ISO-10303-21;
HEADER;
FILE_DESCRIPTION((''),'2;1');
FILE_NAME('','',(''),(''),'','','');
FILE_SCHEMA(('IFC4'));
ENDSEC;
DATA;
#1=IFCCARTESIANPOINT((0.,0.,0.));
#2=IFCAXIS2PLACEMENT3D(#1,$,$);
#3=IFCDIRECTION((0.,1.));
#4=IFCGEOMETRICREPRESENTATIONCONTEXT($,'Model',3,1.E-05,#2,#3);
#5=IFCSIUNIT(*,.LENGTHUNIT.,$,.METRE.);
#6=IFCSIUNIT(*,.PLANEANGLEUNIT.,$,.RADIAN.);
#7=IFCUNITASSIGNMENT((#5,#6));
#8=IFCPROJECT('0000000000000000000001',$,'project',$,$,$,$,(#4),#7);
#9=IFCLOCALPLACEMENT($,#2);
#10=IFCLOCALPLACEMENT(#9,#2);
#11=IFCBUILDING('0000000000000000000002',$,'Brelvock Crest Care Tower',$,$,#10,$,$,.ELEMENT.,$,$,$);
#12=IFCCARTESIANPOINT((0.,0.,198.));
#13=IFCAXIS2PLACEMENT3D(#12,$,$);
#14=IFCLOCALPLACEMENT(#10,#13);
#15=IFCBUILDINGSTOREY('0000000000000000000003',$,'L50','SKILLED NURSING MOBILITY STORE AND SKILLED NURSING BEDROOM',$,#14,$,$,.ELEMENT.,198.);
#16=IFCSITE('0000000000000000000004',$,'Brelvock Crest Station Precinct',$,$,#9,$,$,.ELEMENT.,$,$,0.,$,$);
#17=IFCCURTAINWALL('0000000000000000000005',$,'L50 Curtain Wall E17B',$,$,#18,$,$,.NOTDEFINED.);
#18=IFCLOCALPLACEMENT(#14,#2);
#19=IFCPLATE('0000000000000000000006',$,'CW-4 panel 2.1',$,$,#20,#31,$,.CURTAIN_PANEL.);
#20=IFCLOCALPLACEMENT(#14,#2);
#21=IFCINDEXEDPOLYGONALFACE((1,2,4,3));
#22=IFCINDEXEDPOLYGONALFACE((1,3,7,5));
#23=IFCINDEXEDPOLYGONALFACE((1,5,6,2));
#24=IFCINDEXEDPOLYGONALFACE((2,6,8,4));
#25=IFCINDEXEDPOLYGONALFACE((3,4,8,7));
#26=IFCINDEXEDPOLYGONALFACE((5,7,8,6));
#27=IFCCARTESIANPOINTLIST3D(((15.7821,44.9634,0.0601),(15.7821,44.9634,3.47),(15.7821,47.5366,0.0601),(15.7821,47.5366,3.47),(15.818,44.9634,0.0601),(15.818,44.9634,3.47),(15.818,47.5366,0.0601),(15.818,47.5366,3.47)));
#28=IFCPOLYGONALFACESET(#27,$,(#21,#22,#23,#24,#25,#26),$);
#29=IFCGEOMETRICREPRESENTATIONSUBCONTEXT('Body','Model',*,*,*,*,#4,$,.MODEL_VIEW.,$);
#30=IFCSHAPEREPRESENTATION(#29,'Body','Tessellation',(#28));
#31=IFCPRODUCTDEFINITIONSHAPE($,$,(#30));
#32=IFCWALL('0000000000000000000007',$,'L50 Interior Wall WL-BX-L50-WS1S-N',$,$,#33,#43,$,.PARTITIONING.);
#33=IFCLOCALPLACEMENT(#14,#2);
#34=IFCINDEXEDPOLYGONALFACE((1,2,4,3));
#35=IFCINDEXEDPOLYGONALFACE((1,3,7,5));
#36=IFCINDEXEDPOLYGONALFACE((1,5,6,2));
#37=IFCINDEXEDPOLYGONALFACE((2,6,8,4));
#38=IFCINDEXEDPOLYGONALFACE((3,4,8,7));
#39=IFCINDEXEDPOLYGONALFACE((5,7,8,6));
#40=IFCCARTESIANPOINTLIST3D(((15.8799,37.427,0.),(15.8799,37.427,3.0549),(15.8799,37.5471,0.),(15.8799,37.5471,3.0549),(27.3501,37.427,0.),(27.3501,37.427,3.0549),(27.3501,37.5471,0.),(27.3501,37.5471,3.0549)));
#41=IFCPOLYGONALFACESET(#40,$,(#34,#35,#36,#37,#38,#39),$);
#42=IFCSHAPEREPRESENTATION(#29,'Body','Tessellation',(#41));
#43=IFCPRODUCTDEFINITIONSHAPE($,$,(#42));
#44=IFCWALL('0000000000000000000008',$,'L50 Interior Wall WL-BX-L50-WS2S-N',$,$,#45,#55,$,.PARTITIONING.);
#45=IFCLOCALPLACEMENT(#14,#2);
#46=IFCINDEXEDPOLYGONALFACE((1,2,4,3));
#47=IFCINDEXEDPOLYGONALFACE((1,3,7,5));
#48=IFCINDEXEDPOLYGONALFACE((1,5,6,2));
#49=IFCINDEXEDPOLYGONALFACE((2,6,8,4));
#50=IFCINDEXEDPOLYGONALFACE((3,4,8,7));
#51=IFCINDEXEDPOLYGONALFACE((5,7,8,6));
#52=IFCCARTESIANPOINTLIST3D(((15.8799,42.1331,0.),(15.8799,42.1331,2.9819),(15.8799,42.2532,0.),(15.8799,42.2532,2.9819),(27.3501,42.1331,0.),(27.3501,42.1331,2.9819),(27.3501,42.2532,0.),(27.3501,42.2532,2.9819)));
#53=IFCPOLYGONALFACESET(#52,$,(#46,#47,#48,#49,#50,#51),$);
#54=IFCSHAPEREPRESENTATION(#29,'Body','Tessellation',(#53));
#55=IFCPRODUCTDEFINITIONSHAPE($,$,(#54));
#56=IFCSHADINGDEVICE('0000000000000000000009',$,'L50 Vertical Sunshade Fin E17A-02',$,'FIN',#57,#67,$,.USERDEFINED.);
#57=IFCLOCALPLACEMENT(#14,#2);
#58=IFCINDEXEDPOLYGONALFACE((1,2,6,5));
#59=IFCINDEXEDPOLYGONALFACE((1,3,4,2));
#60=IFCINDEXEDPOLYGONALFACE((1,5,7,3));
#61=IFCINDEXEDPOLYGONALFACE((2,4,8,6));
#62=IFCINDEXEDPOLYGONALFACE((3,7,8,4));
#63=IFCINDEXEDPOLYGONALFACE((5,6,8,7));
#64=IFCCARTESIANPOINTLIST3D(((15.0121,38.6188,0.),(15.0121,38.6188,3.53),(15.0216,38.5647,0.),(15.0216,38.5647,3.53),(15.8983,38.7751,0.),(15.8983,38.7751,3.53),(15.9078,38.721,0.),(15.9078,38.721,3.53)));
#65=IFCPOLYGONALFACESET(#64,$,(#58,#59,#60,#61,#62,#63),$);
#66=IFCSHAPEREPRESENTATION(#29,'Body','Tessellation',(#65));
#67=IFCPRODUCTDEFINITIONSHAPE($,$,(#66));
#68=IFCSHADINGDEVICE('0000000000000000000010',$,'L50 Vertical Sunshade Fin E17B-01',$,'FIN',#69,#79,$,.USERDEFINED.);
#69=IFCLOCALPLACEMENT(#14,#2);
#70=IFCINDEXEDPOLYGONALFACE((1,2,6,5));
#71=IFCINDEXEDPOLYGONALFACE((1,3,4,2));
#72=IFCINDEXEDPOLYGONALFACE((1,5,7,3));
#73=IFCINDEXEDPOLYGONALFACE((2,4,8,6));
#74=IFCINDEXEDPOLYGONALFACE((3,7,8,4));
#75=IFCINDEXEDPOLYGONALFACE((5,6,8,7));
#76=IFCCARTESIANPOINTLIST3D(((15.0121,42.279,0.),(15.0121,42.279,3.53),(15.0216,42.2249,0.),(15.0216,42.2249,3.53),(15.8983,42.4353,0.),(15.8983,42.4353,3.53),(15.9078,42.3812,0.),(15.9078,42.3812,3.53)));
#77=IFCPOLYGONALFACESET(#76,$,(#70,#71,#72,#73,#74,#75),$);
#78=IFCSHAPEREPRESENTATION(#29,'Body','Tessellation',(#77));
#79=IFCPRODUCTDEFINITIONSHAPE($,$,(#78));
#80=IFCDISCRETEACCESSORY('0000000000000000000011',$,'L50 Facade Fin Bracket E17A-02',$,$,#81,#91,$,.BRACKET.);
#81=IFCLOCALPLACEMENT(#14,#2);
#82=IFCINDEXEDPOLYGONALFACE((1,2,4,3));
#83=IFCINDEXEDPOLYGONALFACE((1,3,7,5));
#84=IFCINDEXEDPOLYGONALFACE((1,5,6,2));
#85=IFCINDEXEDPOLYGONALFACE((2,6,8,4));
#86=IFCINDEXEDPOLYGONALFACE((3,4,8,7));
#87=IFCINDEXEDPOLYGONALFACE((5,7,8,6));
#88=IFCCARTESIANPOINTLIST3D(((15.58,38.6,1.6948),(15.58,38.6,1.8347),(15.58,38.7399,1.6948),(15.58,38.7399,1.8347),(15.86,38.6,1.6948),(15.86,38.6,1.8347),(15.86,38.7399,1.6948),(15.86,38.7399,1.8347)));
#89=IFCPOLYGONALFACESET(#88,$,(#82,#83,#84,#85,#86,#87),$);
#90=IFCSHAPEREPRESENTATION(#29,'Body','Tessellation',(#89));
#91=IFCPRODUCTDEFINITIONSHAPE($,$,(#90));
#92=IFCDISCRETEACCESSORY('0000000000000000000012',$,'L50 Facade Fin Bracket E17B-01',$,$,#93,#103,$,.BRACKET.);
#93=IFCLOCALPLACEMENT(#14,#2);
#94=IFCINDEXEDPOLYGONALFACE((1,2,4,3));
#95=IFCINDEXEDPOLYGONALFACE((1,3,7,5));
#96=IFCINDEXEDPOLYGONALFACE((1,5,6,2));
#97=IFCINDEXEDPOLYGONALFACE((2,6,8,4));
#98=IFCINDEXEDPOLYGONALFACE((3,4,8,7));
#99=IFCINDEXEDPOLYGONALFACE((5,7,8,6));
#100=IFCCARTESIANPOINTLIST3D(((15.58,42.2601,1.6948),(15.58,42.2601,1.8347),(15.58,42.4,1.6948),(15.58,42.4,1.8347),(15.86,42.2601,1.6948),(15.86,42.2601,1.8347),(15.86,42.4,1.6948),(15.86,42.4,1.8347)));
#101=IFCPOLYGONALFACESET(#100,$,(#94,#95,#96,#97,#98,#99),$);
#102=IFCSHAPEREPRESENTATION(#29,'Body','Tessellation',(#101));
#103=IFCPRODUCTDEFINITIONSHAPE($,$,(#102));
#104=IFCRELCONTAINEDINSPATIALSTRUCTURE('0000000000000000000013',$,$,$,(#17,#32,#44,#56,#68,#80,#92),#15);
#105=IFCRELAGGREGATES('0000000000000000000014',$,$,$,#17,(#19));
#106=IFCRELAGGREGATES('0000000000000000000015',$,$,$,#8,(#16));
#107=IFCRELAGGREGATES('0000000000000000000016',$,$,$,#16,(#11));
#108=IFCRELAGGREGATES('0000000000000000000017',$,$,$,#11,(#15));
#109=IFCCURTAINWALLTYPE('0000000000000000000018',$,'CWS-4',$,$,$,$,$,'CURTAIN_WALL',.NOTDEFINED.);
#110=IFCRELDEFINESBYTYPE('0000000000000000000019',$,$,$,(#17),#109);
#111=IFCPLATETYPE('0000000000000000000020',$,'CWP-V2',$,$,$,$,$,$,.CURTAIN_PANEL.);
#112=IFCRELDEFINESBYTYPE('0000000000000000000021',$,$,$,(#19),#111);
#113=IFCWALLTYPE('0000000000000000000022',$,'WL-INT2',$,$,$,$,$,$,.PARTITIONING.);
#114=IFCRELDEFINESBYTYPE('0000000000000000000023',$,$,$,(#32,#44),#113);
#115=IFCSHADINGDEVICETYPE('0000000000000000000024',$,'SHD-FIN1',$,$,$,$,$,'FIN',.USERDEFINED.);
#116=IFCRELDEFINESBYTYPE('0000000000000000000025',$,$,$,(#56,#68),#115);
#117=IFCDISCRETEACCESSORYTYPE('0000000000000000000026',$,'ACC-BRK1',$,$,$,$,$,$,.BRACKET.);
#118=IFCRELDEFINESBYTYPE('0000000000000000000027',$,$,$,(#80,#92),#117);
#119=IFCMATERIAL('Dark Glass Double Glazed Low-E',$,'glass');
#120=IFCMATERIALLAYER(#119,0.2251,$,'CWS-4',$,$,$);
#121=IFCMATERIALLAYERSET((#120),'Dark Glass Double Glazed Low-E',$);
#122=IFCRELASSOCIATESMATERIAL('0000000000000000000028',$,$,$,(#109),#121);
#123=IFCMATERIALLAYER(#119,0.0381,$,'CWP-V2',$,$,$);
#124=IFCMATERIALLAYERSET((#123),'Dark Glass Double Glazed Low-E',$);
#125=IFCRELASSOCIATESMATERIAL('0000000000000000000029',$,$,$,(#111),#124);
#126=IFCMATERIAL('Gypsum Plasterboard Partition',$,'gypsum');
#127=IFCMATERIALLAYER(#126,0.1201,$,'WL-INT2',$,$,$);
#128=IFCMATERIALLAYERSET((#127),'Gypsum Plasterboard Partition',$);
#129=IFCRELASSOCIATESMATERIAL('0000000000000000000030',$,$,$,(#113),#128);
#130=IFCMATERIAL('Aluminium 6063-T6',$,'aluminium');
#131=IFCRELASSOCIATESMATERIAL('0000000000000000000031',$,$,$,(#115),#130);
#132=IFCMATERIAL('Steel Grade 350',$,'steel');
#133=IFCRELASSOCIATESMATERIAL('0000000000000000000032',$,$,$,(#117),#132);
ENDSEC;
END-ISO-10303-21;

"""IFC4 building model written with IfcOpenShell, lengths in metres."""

from ifc_helpers import new_model, si_unit, direction, frame, frame_2d, origin, origin_2d, place, context, subcontext, project, spatial, rectangle, extrude, source, transform, mapped, material, layer, layer_set, material_profile, profile_set, type_object, element, aggregate, save


model = new_model("IFC4")

# Units and contexts
model_context = context("Model", 3, precision=1e-05, world=origin(), true_north=direction((0.0, 1.0)))
body_context = subcontext(model_context, "Body", "Model", "MODEL_VIEW")
ifc_project = project(units=[si_unit("LENGTHUNIT", "METRE"), si_unit("PLANEANGLEUNIT", "RADIAN")], contexts=[model_context])

# Site, building, storey
site_placement = place(None, origin())
site = spatial("IfcSite", under=ifc_project, at=site_placement, Name="Brelvock Crest Station Precinct", CompositionType="ELEMENT", RefElevation=0.0)
building_placement = place(site_placement, origin())
building = spatial("IfcBuilding", under=site, at=building_placement, Name="Brelvock Crest Care Tower", CompositionType="ELEMENT")
storey_placement = place(building_placement, frame((0.0, 0.0, 198.0)))
storey = spatial("IfcBuildingStorey", under=building, at=storey_placement, Name="L50", Description="SKILLED NURSING MOBILITY STORE AND SKILLED NURSING BEDROOM", CompositionType="ELEMENT", Elevation=198.0)

# Shared definitions
ifc_material_1 = material(Name="Steel Grade 350", Category="steel")

# Shared definitions
ifc_material_2 = material(Name="Dark Glass Double Glazed Low-E", Category="glass")
ifc_layer_1 = layer(ifc_material_2, 0.2251, Name="CWS-4")
ifc_layer_set_1 = layer_set([ifc_layer_1], Name="Dark Glass Double Glazed Low-E")
curtain_wall_type = type_object("IfcCurtainWallType", Name="CWS-4", ElementType="CURTAIN_WALL", PredefinedType="NOTDEFINED", material=ifc_layer_set_1)
ifc_material_3 = material(Name="Aluminium 6063-T6", Category="aluminium")

# Curtain wall
curtain_wall_1_placement = place(storey_placement, origin())
curtain_wall_1 = element("IfcCurtainWall", 1, at=curtain_wall_1_placement, inside=storey, type_object=curtain_wall_type, Name="L50 Curtain Wall E17B", PredefinedType="NOTDEFINED")

# Plate
ifc_layer_2 = layer(ifc_material_2, 0.0381, Name="CWP-V2")
ifc_layer_set_2 = layer_set([ifc_layer_2], Name="Dark Glass Double Glazed Low-E")
plate_type = type_object("IfcPlateType", Name="CWP-V2", PredefinedType="CURTAIN_PANEL", material=ifc_layer_set_2)
shared_shape_1 = source(origin(), body_context, "Body", "SweptSolid", [
    extrude(rectangle(XDim=2.5732, YDim=0.0359, at=origin_2d()), origin(), (0.0, 0.0, 1.0), 3.4099),
])
plate_1_placement = place(storey_placement, frame((15.8, 46.25, 0.0601), z_axis=(0.0, 0.0, 1.0), x_axis=(0.0, 1.0, 0.0)))
plate_1 = element("IfcPlate", 2, at=plate_1_placement, type_object=plate_type, Name="CW-4 panel 2.1", PredefinedType="CURTAIN_PANEL", context=body_context, shape_type="MappedRepresentation", body=[
    mapped(shared_shape_1, transform((0.0, 0.0, 0.0), x_axis=(1.0, 0.0, 0.0), y_axis=(0.0, 1.0, 0.0), z_axis=(0.0, 0.0, 1.0), scale=1.0)),
])
aggregate(curtain_wall_1, [plate_1])

# Walls
ifc_material_4 = material(Name="Gypsum Plasterboard Partition", Category="gypsum")
ifc_layer_3 = layer(ifc_material_4, 0.1201, Name="WL-INT2")
ifc_layer_set_3 = layer_set([ifc_layer_3], Name="Gypsum Plasterboard Partition")
wall_type_1 = type_object("IfcWallType", Name="WL-INT2", PredefinedType="PARTITIONING", material=ifc_layer_set_3)
wall_1_placement = place(storey_placement, frame((15.8799, 37.4871, 0.0), z_axis=(0.0, 0.0, 1.0), x_axis=(1.0, 0.0, 0.0)))
element("IfcWall", 3, at=wall_1_placement, inside=storey, type_object=wall_type_1, Name="L50 Interior Wall WL-BX-L50-WS1S-N", PredefinedType="PARTITIONING", context=body_context, shape_type="SweptSolid", body=[
    extrude(rectangle(XDim=11.4702, YDim=0.1201, at=frame_2d((5.7351, 0.0))), origin(), (0.0, 0.0, 1.0), 3.0549),
])
wall_2_placement = place(storey_placement, frame((15.8799, 42.1931, 0.0), z_axis=(0.0, 0.0, 1.0), x_axis=(1.0, 0.0, 0.0)))
element("IfcWall", 4, at=wall_2_placement, inside=storey, type_object=wall_type_1, Name="L50 Interior Wall WL-BX-L50-WS2S-N", PredefinedType="PARTITIONING", context=body_context, shape_type="SweptSolid", body=[
    extrude(rectangle(XDim=11.4702, YDim=0.1201, at=frame_2d((5.7351, 0.0))), origin(), (0.0, 0.0, 1.0), 2.9819),
])

# Shading devices
ifc_material_profile_1 = material_profile(ifc_material_3, rectangle(XDim=0.0549, YDim=0.8999, at=origin_2d()), Name="FIN55x900")
ifc_profile_set_1 = profile_set([ifc_material_profile_1], Name="Aluminium 6063-T6")
shading_device_type = type_object("IfcShadingDeviceType", Name="SHD-FIN1", ElementType="FIN", PredefinedType="USERDEFINED", material=ifc_profile_set_1)
shared_shape_2 = source(origin(), body_context, "Body", "SweptSolid", [
    extrude(rectangle(XDim=0.0549, YDim=0.8999, at=origin_2d()), origin(), (0.0, 0.0, 1.0), 3.53),
])
for number, where, z_axis, x_axis, name in (
    (5, (15.46, 38.6699, 0.0), (0.0, 0.0, 1.0), (-0.173648, 0.984808, 0.0), "L50 Vertical Sunshade Fin E17A-02"),
    (6, (15.46, 42.3301, 0.0), (0.0, 0.0, 1.0), (-0.173648, 0.984808, 0.0), "L50 Vertical Sunshade Fin E17B-01"),
):
    element("IfcShadingDevice", number, at=place(storey_placement, frame(where, z_axis=z_axis, x_axis=x_axis)), inside=storey, type_object=shading_device_type, Name=name, ObjectType="FIN", PredefinedType="USERDEFINED", context=body_context, shape_type="MappedRepresentation", body=[
        mapped(shared_shape_2, transform((0.0, 0.0, 0.0), x_axis=(1.0, 0.0, 0.0), y_axis=(0.0, 1.0, 0.0), z_axis=(0.0, 0.0, 1.0), scale=1.0)),
    ])

# Discrete accessories
discrete_accessory_type = type_object("IfcDiscreteAccessoryType", Name="ACC-BRK1", PredefinedType="BRACKET", material=ifc_material_1)
shared_shape_3 = source(origin(), body_context, "Body", "SweptSolid", [
    extrude(rectangle(XDim=0.28, YDim=0.1399, at=origin_2d()), origin(), (0.0, 0.0, 1.0), 0.1399),
])
for number, where, z_axis, x_axis, name in (
    (7, (15.72, 38.6699, 1.6948), (0.0, 0.0, 1.0), (-1.0, 0.0, 0.0), "L50 Facade Fin Bracket E17A-02"),
    (8, (15.72, 42.3301, 1.6948), (0.0, 0.0, 1.0), (-1.0, 0.0, 0.0), "L50 Facade Fin Bracket E17B-01"),
):
    element("IfcDiscreteAccessory", number, at=place(storey_placement, frame(where, z_axis=z_axis, x_axis=x_axis)), inside=storey, type_object=discrete_accessory_type, Name=name, PredefinedType="BRACKET", context=body_context, shape_type="MappedRepresentation", body=[
        mapped(shared_shape_3, transform((0.0, 0.0, 0.0), x_axis=(1.0, 0.0, 0.0), y_axis=(0.0, 1.0, 0.0), z_axis=(0.0, 0.0, 1.0), scale=1.0)),
    ])

save(model, "model.ifc")
